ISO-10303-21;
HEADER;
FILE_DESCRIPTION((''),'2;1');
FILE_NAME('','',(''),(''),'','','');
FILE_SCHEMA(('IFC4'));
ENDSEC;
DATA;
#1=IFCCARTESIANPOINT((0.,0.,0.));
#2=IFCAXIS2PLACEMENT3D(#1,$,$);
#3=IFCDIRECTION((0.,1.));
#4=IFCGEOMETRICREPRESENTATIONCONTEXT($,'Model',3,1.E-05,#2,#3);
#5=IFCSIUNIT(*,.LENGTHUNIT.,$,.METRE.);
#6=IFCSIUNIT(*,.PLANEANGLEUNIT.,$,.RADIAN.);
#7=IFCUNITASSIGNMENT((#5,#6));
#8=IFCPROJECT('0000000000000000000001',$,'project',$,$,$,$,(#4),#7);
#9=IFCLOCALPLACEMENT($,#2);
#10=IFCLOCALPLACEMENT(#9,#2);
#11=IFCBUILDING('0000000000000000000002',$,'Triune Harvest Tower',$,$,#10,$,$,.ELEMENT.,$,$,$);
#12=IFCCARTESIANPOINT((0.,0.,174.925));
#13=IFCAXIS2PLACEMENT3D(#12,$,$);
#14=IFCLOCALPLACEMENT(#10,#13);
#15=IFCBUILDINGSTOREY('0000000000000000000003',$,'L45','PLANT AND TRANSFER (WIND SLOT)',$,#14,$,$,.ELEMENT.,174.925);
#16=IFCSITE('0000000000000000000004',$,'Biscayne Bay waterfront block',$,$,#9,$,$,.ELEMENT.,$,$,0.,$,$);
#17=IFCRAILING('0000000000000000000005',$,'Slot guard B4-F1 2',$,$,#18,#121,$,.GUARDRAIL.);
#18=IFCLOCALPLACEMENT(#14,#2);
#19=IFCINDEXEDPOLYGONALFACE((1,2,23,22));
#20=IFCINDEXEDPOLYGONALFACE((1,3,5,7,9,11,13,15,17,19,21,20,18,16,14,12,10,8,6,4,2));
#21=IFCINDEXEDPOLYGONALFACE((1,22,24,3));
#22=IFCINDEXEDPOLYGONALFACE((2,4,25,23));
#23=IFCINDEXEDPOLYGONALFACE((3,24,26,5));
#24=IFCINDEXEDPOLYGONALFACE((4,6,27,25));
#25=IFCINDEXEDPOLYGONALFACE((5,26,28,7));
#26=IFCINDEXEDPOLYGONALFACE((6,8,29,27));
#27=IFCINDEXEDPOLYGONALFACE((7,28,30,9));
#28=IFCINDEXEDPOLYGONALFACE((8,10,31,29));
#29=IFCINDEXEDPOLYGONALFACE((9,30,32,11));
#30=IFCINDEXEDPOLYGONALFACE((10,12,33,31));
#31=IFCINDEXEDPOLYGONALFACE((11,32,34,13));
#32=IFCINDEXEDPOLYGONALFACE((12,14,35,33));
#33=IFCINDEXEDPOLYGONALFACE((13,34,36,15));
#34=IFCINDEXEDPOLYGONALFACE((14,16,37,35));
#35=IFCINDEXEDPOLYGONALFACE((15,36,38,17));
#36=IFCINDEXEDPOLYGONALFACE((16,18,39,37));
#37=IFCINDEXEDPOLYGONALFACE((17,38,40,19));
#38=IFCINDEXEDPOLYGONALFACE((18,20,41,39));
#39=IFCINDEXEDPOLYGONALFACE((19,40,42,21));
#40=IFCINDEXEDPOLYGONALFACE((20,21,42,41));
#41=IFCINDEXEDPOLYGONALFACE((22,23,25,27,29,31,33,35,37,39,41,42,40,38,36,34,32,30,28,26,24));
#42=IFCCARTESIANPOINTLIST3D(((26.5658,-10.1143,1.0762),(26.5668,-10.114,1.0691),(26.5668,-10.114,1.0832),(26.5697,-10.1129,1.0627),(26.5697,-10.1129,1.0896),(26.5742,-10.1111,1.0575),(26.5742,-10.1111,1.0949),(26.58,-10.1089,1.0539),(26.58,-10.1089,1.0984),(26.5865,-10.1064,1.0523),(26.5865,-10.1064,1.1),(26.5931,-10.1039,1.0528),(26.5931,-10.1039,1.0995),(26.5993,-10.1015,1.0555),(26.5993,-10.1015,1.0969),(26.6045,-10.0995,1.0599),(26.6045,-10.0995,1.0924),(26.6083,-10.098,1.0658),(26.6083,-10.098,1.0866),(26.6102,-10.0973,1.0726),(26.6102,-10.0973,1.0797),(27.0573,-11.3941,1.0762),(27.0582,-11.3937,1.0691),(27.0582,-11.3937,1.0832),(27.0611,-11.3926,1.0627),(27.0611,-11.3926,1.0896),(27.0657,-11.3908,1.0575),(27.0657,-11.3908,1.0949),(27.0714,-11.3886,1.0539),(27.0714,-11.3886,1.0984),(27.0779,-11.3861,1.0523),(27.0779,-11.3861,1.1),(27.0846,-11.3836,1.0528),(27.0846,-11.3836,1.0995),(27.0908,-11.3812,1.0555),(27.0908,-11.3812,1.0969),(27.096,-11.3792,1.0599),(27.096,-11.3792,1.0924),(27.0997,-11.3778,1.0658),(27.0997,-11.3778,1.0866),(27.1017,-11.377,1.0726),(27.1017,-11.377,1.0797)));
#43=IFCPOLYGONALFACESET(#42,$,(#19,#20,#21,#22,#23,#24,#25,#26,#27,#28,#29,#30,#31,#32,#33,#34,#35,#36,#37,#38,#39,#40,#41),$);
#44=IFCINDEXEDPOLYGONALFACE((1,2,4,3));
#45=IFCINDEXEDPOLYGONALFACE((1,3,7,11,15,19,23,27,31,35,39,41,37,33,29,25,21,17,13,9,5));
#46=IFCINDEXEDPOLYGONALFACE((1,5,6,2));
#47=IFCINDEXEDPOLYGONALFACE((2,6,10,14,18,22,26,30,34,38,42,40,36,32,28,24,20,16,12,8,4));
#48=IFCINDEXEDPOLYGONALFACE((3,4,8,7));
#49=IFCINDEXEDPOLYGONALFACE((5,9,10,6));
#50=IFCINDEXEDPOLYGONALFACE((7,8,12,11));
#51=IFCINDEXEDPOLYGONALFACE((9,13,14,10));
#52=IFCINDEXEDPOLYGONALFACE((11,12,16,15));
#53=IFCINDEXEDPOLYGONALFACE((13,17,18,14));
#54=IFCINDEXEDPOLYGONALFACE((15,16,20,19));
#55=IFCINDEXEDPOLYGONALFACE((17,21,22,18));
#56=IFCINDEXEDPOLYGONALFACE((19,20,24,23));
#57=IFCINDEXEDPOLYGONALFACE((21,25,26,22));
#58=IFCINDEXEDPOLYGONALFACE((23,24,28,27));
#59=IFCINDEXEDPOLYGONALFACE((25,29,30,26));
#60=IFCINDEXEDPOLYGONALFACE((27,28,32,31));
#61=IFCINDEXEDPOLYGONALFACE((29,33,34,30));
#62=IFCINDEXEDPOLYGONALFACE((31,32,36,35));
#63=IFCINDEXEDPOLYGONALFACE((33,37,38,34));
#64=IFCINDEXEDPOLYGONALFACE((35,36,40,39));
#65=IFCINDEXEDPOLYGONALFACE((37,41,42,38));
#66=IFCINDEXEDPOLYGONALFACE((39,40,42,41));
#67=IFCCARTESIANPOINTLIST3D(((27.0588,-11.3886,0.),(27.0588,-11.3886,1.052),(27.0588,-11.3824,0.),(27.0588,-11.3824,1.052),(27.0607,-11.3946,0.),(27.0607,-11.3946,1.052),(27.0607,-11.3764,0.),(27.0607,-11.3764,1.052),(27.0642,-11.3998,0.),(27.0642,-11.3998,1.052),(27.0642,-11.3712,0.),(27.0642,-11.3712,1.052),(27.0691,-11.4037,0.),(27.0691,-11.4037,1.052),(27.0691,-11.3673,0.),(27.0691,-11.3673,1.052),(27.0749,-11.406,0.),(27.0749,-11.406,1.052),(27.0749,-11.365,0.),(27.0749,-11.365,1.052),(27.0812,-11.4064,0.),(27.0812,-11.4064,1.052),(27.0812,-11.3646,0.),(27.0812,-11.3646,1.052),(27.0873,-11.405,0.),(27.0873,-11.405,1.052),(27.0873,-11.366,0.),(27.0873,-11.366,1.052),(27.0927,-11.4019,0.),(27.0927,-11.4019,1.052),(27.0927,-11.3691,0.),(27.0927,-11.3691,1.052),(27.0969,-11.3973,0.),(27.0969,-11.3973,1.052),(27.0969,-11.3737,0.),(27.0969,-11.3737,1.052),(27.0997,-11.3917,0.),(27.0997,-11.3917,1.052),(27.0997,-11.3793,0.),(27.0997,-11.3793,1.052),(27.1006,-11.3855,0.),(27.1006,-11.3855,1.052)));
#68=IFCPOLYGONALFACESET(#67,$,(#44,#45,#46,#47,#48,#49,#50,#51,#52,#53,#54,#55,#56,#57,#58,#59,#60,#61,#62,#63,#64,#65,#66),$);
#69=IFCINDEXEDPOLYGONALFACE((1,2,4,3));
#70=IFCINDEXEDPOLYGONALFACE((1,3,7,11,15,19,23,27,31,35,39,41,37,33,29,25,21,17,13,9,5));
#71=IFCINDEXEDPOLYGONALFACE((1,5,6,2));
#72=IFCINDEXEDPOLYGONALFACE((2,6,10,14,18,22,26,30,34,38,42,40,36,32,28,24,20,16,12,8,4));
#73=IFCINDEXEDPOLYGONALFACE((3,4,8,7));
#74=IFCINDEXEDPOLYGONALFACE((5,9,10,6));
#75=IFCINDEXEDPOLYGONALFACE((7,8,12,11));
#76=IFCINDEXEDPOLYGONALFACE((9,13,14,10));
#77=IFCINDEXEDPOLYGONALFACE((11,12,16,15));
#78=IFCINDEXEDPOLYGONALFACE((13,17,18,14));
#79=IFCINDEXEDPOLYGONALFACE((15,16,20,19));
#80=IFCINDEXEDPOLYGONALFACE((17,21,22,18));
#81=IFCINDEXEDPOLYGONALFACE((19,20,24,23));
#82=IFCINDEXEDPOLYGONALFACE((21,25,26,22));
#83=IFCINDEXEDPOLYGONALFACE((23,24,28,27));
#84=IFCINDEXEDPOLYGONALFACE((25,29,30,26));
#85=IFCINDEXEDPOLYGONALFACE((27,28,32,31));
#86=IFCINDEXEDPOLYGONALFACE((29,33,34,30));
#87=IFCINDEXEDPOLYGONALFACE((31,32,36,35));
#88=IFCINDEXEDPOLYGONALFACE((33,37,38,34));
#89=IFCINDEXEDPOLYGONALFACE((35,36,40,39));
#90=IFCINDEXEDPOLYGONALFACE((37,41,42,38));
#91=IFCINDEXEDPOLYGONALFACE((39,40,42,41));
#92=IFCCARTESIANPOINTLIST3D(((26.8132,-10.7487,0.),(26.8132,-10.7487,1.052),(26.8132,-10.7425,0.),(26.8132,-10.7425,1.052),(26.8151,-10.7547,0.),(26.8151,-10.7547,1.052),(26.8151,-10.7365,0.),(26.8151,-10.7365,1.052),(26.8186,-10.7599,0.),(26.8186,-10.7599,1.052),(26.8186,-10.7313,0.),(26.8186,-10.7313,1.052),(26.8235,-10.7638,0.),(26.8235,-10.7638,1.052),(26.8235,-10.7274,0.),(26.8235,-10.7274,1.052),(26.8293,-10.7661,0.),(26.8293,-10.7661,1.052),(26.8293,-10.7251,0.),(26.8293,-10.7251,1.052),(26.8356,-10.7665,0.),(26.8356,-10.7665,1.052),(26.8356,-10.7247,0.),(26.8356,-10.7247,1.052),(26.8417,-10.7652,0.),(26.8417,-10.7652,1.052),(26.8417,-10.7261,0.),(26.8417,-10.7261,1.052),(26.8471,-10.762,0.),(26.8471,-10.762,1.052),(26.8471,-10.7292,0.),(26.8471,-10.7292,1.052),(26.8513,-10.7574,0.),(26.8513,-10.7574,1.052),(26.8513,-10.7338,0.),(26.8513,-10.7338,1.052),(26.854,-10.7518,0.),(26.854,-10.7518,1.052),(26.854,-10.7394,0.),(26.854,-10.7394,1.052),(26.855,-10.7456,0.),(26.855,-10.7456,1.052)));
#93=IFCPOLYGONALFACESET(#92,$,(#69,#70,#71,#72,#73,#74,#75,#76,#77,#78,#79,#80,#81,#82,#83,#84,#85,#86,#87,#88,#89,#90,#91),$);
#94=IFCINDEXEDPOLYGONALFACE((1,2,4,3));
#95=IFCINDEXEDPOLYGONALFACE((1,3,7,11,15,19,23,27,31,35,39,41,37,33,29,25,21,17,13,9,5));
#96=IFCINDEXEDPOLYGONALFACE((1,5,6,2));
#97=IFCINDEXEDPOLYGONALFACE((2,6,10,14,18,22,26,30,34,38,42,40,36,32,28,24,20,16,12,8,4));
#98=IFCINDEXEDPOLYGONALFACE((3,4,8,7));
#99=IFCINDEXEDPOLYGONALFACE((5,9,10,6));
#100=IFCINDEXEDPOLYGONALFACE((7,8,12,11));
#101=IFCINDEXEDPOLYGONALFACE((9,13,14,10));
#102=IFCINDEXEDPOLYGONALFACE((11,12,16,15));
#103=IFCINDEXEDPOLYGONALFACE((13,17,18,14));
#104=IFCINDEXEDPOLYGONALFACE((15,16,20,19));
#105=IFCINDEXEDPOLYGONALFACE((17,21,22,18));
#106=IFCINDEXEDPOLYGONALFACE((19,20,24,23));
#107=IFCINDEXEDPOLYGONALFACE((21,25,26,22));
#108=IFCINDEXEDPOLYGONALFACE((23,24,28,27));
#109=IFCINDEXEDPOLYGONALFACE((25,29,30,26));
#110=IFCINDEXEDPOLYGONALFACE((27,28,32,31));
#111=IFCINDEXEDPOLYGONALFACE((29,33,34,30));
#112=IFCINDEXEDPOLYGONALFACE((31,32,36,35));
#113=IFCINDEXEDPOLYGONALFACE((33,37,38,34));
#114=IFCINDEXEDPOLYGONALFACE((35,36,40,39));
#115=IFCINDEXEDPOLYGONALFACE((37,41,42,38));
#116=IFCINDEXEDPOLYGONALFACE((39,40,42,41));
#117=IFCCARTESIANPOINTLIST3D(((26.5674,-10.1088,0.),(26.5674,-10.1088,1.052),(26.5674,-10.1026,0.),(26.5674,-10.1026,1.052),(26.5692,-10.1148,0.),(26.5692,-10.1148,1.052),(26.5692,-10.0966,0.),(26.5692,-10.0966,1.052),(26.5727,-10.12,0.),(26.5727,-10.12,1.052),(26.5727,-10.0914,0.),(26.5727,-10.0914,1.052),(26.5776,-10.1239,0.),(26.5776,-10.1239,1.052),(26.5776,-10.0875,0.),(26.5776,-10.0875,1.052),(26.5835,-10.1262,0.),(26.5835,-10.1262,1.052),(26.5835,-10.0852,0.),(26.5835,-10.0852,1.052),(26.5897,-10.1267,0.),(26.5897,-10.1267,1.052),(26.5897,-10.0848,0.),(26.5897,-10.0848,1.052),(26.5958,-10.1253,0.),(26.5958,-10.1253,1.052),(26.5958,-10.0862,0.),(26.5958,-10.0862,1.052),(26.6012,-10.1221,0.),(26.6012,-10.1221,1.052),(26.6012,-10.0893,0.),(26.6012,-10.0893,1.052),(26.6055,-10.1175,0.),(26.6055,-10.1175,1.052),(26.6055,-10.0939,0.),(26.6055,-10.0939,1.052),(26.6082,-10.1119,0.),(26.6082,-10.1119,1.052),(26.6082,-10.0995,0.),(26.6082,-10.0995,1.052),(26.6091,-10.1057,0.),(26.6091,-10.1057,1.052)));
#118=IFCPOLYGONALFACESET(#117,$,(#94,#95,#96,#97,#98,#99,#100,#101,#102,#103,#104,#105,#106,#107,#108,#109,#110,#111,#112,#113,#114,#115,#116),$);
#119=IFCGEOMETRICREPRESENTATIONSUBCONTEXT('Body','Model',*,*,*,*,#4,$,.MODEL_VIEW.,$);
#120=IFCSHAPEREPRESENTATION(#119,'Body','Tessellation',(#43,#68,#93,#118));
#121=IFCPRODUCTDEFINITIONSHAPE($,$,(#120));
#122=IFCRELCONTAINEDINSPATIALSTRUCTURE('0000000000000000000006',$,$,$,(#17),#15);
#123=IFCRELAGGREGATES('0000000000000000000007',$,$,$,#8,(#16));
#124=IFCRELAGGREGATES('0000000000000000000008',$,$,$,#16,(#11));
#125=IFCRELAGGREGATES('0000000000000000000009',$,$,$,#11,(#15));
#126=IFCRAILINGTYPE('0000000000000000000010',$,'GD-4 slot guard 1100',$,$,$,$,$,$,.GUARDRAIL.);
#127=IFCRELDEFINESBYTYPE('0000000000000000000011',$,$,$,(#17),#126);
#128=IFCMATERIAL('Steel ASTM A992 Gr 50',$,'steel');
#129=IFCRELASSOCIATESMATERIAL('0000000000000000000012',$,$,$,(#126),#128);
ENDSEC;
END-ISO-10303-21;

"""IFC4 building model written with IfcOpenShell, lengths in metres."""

from ifc_helpers import new_model, si_unit, direction, frame, origin, origin_2d, place, context, subcontext, project, spatial, circle, extrude, material, type_object, element, save


model = new_model("IFC4")

# Units and contexts
model_context = context("Model", 3, precision=1e-05, world=origin(), true_north=direction((0.0, 1.0)))
body_context = subcontext(model_context, "Body", "Model", "MODEL_VIEW")
ifc_project = project(units=[si_unit("LENGTHUNIT", "METRE"), si_unit("PLANEANGLEUNIT", "RADIAN")], contexts=[model_context])

# Site, building, storey
site_placement = place(None, origin())
site = spatial("IfcSite", under=ifc_project, at=site_placement, Name="Biscayne Bay waterfront block", CompositionType="ELEMENT", RefElevation=0.0)
building_placement = place(site_placement, origin())
building = spatial("IfcBuilding", under=site, at=building_placement, Name="Triune Harvest Tower", CompositionType="ELEMENT")
storey_placement = place(building_placement, frame((0.0, 0.0, 174.925)))
storey = spatial("IfcBuildingStorey", under=building, at=storey_placement, Name="L45", Description="PLANT AND TRANSFER (WIND SLOT)", CompositionType="ELEMENT", Elevation=174.925)

# Railing
ifc_material_1 = material(Name="Steel ASTM A992 Gr 50", Category="steel")
railing_type = type_object("IfcRailingType", Name="GD-4 slot guard 1100", PredefinedType="GUARDRAIL", material=ifc_material_1)
railing_1_placement = place(storey_placement, frame((27.0796, -11.3855, 0.0)))
element("IfcRailing", 1, at=railing_1_placement, inside=storey, type_object=railing_type, Name="Slot guard B4-F1 2", PredefinedType="GUARDRAIL", context=body_context, shape_type="SweptSolid", body=[
    extrude(circle(Radius=0.0239, at=origin_2d()), frame((0.0, 0.0, 1.0762), z_axis=(-0.35849, 0.933534, 0.0), x_axis=(-0.933534, -0.35849, 0.0)), (0.0, 0.0, 1.0), 1.3708),
    extrude(circle(Radius=0.021, at=origin_2d()), origin(), (0.0, 0.0, 1.0), 1.052),
    extrude(circle(Radius=0.021, at=origin_2d()), frame((-0.2456, 0.6399, 0.0)), (0.0, 0.0, 1.0), 1.052),
    extrude(circle(Radius=0.021, at=origin_2d()), frame((-0.4915, 1.2798, 0.0)), (0.0, 0.0, 1.0), 1.052),
])

save(model, "model.ifc")
